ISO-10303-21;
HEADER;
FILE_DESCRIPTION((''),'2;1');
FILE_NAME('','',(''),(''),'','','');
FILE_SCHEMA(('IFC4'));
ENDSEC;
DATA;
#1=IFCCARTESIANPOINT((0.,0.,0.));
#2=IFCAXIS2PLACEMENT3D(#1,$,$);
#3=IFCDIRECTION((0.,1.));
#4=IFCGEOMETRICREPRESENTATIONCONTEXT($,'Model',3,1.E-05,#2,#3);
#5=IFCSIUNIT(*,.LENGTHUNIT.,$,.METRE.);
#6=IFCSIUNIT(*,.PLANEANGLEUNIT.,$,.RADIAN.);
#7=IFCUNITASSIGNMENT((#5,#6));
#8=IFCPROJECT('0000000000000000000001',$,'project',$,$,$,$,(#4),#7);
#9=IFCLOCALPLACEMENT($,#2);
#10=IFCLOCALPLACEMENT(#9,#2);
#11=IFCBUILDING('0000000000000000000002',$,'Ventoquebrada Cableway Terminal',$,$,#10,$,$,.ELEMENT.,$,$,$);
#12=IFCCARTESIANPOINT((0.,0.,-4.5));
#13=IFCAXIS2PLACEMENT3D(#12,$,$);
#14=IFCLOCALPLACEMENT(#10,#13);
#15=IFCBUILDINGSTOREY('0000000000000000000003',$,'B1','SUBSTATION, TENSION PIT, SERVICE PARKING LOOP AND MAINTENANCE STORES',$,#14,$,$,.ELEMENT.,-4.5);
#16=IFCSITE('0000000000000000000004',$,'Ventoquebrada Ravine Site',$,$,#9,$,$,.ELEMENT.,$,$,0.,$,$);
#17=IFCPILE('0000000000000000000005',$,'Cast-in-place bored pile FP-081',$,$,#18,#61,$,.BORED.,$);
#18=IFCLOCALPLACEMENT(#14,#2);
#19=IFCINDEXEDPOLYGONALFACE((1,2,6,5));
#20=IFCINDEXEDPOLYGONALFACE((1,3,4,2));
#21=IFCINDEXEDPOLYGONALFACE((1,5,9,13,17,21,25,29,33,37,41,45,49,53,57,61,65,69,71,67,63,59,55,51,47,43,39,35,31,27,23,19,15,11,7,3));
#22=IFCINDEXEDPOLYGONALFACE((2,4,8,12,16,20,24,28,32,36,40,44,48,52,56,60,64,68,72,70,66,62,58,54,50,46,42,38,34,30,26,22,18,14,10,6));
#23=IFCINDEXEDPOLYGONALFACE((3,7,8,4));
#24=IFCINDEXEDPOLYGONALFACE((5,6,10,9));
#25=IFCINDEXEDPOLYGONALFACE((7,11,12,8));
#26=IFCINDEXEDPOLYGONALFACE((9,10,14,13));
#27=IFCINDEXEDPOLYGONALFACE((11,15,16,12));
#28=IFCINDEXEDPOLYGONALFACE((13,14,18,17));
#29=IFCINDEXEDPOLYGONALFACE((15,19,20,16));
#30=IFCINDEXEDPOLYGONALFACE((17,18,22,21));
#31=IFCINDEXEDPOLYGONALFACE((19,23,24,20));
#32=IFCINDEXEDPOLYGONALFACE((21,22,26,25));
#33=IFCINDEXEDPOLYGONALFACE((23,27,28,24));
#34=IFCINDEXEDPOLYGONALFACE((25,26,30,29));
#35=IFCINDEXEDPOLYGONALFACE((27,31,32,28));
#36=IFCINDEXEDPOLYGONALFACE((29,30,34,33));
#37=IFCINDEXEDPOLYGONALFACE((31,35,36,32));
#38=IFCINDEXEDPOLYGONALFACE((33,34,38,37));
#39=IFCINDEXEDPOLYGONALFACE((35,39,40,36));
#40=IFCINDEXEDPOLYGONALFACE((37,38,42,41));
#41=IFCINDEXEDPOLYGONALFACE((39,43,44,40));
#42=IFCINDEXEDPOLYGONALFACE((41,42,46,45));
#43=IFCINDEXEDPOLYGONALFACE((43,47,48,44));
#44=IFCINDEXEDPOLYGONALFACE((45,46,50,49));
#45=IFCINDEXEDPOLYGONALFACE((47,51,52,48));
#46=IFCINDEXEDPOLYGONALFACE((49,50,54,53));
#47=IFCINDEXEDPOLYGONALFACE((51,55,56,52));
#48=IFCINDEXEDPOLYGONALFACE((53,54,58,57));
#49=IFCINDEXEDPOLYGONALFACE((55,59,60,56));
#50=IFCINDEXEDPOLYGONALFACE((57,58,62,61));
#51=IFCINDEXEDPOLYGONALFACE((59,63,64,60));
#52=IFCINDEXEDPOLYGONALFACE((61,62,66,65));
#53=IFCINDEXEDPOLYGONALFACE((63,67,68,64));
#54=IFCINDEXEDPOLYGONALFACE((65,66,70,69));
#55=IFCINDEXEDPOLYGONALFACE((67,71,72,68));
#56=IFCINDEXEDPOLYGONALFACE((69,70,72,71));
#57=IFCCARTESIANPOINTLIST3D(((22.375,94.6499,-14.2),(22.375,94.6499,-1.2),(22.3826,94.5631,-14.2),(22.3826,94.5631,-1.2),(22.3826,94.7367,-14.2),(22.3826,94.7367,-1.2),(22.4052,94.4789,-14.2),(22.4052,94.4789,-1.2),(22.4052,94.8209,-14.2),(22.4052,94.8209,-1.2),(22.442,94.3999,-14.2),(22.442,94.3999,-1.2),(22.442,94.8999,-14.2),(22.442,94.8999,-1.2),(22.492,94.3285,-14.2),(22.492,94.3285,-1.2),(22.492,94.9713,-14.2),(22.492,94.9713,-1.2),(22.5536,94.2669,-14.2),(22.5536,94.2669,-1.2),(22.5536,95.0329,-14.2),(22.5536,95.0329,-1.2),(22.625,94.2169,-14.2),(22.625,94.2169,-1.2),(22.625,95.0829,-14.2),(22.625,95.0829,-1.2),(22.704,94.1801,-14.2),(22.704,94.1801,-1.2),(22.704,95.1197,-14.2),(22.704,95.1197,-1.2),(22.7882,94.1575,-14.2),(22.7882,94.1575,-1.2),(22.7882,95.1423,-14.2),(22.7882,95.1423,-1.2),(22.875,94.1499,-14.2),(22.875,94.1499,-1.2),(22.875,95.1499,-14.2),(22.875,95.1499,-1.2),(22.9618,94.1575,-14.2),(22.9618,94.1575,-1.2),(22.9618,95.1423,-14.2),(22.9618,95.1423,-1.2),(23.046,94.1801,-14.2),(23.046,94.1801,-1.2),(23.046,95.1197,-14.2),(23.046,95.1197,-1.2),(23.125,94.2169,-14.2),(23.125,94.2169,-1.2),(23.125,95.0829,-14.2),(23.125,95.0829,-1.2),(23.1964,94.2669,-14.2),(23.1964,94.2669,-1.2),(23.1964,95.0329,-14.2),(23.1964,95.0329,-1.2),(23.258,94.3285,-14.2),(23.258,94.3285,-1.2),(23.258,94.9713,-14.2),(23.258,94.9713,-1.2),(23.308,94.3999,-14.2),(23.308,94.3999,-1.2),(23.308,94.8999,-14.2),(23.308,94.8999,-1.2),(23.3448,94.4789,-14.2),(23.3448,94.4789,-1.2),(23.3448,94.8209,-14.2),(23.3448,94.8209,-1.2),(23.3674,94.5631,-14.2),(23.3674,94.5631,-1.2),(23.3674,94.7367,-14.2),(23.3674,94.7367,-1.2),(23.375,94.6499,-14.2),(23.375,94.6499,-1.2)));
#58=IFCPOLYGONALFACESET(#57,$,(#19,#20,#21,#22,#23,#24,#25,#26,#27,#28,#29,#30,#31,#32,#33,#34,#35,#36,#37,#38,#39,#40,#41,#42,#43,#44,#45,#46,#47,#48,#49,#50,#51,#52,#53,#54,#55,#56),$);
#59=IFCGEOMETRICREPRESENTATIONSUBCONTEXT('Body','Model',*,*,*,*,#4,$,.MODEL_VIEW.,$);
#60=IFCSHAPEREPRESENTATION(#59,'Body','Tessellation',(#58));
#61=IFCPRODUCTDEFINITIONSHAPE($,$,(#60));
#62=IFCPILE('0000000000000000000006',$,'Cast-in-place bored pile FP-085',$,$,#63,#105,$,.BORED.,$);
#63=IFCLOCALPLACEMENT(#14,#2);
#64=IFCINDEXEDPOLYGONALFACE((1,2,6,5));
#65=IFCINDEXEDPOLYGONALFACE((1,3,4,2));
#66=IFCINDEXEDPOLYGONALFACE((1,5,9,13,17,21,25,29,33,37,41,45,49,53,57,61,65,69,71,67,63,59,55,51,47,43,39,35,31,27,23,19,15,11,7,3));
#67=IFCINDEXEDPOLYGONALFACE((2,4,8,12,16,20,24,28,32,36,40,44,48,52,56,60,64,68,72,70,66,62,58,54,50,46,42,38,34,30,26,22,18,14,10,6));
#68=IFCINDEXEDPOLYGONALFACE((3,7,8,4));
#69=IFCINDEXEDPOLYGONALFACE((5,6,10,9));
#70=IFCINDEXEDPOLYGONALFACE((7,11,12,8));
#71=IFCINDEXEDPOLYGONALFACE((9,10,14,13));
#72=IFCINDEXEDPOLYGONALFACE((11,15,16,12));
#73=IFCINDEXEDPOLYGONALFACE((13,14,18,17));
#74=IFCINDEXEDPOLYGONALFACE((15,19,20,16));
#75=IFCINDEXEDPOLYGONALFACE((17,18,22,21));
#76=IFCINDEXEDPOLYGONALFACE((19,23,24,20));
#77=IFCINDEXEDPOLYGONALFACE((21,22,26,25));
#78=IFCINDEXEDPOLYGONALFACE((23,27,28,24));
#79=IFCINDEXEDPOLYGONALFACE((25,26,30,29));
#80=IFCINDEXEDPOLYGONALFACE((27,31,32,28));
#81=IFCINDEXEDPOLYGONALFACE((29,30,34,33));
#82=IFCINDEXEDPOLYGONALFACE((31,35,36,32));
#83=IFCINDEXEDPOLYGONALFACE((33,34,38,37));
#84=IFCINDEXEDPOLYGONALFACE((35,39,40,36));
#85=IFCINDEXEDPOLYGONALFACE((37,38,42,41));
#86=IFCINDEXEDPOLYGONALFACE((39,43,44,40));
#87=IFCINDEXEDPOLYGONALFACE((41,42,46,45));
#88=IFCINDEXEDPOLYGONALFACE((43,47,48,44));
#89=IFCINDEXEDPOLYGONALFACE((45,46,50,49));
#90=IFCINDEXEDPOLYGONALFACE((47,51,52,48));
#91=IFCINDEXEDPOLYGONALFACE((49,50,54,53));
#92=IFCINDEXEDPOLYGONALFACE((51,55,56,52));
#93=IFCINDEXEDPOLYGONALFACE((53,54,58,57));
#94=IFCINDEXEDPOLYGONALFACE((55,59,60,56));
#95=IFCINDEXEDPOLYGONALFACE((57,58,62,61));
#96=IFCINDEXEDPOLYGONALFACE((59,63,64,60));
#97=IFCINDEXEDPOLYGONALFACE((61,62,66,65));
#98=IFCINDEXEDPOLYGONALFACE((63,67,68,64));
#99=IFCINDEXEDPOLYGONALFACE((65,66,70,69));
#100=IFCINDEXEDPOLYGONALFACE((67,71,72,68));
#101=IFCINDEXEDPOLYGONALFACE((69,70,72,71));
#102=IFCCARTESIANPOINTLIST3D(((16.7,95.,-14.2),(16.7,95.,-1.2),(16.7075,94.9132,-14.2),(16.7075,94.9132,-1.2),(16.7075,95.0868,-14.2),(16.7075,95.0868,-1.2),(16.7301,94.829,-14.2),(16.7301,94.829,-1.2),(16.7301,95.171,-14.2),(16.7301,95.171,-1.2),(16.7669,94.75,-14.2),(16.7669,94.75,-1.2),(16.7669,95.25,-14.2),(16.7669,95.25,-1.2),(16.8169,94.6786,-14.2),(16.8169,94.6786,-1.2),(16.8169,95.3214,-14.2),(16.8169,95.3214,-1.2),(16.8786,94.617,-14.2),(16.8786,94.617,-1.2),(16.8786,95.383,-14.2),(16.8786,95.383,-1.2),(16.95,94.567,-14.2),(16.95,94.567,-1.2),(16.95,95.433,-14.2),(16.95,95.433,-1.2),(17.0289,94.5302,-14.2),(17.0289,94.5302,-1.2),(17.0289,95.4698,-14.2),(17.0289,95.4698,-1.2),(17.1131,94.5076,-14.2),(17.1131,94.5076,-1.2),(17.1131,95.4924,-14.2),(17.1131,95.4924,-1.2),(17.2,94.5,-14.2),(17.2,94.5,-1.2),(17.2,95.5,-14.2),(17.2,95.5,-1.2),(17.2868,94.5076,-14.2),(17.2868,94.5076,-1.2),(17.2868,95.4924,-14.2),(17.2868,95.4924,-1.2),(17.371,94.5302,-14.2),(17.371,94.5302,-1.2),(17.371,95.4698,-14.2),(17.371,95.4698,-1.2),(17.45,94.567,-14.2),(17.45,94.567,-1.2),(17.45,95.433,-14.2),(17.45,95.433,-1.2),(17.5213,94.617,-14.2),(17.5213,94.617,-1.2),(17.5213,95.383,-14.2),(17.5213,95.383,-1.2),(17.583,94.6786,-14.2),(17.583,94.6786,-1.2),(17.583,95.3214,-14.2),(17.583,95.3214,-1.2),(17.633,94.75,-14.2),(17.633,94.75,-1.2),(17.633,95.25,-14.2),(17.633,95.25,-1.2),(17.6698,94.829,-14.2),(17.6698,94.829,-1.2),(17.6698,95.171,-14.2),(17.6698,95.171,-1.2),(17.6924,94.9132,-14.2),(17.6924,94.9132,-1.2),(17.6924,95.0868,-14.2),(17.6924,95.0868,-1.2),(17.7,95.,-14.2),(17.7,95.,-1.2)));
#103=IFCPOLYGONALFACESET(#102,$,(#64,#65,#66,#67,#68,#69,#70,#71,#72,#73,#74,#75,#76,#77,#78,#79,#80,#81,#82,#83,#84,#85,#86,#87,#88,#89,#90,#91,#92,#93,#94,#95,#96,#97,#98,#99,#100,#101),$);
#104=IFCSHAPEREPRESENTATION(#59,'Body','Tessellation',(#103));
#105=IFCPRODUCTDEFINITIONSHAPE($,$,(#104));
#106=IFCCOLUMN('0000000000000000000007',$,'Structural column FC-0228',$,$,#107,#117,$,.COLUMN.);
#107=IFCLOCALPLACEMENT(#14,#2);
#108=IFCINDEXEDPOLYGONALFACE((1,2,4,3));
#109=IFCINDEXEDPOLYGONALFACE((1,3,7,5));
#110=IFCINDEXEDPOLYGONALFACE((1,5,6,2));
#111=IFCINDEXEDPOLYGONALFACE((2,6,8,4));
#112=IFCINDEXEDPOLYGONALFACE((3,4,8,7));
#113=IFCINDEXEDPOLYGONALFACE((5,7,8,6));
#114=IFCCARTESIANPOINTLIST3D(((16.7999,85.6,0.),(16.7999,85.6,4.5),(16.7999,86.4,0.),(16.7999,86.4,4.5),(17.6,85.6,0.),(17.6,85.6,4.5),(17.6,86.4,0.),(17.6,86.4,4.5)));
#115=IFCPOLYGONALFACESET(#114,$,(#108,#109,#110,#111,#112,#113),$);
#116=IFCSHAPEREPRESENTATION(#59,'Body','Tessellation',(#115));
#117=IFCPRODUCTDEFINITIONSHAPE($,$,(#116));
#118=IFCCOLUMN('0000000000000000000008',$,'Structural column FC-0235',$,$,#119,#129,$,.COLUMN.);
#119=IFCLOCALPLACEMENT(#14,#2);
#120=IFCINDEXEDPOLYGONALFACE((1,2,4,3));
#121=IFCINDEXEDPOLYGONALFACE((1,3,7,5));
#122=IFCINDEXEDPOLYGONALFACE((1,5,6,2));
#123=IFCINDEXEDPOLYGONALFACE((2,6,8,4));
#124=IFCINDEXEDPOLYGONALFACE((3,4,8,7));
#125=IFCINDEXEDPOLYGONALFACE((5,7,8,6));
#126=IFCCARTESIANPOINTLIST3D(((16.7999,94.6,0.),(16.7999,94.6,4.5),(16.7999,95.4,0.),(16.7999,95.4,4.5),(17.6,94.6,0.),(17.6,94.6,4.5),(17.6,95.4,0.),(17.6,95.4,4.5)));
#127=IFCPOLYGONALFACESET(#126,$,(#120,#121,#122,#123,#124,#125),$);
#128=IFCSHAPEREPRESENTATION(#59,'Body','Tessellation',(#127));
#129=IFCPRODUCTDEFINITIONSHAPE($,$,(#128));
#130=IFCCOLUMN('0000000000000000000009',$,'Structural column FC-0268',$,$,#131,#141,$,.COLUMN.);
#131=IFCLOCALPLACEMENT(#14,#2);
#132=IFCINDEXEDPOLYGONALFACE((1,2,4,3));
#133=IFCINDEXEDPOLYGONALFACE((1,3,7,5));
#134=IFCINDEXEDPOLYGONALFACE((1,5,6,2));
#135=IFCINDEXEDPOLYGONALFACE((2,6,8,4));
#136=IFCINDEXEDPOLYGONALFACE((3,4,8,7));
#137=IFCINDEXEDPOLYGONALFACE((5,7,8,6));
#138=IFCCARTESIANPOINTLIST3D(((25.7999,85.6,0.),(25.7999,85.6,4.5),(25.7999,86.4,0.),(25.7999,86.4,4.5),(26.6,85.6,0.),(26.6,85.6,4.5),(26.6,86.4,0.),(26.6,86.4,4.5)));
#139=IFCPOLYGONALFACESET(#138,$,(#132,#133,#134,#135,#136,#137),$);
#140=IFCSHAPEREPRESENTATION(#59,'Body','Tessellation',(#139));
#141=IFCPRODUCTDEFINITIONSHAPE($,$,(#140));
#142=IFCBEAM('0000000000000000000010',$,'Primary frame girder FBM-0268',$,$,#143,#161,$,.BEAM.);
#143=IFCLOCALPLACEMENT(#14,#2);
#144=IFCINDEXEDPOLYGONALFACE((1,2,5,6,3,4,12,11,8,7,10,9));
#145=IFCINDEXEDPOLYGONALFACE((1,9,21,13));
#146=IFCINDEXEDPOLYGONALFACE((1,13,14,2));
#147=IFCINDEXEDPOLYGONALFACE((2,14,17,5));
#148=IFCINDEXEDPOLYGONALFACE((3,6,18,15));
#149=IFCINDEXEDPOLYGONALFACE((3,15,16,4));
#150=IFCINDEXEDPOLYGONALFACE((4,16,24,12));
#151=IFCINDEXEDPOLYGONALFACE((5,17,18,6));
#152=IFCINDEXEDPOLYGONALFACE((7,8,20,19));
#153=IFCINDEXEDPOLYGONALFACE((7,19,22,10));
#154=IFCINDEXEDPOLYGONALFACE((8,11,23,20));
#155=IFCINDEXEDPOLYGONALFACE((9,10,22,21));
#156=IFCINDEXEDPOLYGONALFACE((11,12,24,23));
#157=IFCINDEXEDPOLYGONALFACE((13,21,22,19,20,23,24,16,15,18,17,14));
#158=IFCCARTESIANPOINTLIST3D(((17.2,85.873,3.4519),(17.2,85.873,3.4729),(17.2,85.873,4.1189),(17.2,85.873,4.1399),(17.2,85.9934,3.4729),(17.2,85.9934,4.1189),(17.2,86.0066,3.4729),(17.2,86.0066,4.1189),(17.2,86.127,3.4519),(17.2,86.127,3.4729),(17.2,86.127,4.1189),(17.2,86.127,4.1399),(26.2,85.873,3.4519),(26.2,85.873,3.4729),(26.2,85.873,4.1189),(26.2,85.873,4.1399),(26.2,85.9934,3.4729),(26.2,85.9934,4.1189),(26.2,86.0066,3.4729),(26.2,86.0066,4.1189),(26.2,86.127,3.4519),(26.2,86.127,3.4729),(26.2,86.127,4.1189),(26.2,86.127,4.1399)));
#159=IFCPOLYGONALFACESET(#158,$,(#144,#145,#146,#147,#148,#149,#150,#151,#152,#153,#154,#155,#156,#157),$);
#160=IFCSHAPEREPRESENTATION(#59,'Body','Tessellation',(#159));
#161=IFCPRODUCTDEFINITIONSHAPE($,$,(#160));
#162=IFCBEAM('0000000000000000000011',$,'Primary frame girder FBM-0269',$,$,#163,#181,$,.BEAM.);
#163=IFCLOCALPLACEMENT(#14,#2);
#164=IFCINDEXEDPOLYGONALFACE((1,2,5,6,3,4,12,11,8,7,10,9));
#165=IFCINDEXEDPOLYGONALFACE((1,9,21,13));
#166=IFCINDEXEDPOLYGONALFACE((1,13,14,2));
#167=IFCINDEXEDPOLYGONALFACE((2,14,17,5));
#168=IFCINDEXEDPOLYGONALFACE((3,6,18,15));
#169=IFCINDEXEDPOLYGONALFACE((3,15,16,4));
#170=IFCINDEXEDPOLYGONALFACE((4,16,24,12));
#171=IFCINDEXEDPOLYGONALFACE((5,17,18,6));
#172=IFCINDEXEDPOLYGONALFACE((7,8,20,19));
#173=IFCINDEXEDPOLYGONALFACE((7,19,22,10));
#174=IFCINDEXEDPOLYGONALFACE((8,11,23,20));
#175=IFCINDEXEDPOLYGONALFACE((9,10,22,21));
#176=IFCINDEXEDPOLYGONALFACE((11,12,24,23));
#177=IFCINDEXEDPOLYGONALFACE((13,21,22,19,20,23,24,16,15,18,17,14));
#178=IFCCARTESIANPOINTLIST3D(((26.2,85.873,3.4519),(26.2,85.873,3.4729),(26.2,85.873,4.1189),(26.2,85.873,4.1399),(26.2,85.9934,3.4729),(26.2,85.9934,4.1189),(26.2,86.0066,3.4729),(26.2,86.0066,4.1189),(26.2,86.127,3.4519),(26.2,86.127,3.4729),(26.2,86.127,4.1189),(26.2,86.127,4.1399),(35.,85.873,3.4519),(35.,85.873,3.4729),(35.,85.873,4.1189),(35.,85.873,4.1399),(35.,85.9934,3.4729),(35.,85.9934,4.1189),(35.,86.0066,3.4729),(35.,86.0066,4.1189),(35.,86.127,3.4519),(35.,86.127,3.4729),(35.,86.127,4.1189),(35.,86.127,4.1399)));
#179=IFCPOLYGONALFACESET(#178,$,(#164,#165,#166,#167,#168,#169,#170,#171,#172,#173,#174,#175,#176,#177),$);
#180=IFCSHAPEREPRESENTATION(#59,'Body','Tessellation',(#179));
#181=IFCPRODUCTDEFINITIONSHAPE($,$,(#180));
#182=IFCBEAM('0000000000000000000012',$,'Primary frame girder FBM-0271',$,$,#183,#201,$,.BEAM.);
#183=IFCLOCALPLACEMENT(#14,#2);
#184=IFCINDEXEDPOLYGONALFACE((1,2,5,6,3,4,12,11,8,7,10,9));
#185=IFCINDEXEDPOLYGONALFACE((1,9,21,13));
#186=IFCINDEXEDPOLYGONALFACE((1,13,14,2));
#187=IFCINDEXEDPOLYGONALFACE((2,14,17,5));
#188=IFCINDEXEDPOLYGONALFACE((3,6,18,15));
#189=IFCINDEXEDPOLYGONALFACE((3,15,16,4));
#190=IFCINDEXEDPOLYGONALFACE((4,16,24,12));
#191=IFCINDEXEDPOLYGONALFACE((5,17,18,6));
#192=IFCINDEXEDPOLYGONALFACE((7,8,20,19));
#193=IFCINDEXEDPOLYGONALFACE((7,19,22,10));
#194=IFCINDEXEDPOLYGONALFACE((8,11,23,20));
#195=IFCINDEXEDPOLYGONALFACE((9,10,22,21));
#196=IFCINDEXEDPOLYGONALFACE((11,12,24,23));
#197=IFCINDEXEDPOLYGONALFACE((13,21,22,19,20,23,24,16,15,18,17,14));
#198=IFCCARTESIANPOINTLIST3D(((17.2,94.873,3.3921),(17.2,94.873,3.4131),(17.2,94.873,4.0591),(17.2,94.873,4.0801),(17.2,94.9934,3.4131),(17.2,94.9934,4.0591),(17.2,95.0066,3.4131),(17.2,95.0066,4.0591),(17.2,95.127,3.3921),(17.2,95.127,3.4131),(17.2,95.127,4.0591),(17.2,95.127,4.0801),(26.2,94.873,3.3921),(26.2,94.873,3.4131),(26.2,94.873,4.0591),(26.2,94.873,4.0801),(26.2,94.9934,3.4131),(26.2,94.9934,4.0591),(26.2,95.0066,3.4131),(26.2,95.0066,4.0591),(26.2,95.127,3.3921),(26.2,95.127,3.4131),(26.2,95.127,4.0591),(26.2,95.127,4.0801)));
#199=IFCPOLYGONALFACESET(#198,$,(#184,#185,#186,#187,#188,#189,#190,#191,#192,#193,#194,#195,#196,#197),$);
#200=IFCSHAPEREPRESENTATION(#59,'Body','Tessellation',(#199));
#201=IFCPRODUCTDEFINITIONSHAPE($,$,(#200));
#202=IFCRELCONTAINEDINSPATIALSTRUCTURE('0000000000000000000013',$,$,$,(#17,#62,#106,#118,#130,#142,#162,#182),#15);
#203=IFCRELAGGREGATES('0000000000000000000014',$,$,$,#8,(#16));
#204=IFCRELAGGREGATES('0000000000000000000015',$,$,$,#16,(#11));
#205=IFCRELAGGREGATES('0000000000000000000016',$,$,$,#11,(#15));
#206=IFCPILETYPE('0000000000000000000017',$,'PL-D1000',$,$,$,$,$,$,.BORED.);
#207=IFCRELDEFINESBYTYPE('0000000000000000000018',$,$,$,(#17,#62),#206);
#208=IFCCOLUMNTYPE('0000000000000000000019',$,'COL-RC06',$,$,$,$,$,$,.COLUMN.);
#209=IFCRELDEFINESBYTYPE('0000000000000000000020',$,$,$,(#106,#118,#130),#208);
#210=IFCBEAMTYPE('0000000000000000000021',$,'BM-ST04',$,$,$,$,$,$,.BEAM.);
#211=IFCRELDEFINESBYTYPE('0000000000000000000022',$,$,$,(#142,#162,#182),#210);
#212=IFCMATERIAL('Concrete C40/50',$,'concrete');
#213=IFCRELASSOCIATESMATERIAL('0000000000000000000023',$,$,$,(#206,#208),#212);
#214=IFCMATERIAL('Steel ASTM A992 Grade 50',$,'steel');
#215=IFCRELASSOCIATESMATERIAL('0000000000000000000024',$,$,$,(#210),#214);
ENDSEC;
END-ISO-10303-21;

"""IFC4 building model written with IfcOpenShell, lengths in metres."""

from ifc_helpers import new_model, si_unit, direction, frame, origin, origin_2d, place, context, subcontext, project, spatial, rectangle, circle, i_section, extrude, material, material_profile, profile_set, type_object, element, save


model = new_model("IFC4")

# Units and contexts
model_context = context("Model", 3, precision=1e-05, world=origin(), true_north=direction((0.0, 1.0)))
body_context = subcontext(model_context, "Body", "Model", "MODEL_VIEW")
ifc_project = project(units=[si_unit("LENGTHUNIT", "METRE"), si_unit("PLANEANGLEUNIT", "RADIAN")], contexts=[model_context])

# Site, building, storey
site_placement = place(None, origin())
site = spatial("IfcSite", under=ifc_project, at=site_placement, Name="Ventoquebrada Ravine Site", CompositionType="ELEMENT", RefElevation=0.0)
building_placement = place(site_placement, origin())
building = spatial("IfcBuilding", under=site, at=building_placement, Name="Ventoquebrada Cableway Terminal", CompositionType="ELEMENT")
storey_placement = place(building_placement, frame((0.0, 0.0, -4.5)))
storey = spatial("IfcBuildingStorey", under=building, at=storey_placement, Name="B1", Description="SUBSTATION, TENSION PIT, SERVICE PARKING LOOP AND MAINTENANCE STORES", CompositionType="ELEMENT", Elevation=-4.5)

# Shared definitions
ifc_material_1 = material(Name="Concrete C40/50", Category="concrete")

# Piles
ifc_material_profile_1 = material_profile(ifc_material_1, circle(Radius=0.5, at=origin_2d()), Name="PILE-D1000")
ifc_profile_set_1 = profile_set([ifc_material_profile_1], Name="Concrete C40/50")
pile_type = type_object("IfcPileType", Name="PL-D1000", PredefinedType="BORED", material=ifc_profile_set_1)
for number, where, z_axis, x_axis, name in (
    (1, (22.875, 94.6499, -1.2), (0.0, 0.0, -1.0), (1.0, 0.0, 0.0), "Cast-in-place bored pile FP-081"),
    (2, (17.2, 95.0, -1.2), (0.0, 0.0, -1.0), (1.0, 0.0, 0.0), "Cast-in-place bored pile FP-085"),
):
    element("IfcPile", number, at=place(storey_placement, frame(where, z_axis=z_axis, x_axis=x_axis)), inside=storey, type_object=pile_type, Name=name, PredefinedType="BORED", context=body_context, shape_type="SweptSolid", body=[
        extrude(circle(Radius=0.5, at=origin_2d()), origin(), (0.0, 0.0, 1.0), 13.0),
    ])

# Columns
ifc_material_profile_2 = material_profile(ifc_material_1, rectangle(XDim=0.8, YDim=0.8, at=origin_2d()), Name="RC-COL-800X800")
ifc_profile_set_2 = profile_set([ifc_material_profile_2], Name="Concrete C40/50")
column_type = type_object("IfcColumnType", Name="COL-RC06", PredefinedType="COLUMN", material=ifc_profile_set_2)
for number, where, z_axis, x_axis, name in (
    (3, (17.2, 86.0, 0.0), (0.0, 0.0, 1.0), (1.0, 0.0, 0.0), "Structural column FC-0228"),
    (4, (17.2, 95.0, 0.0), (0.0, 0.0, 1.0), (1.0, 0.0, 0.0), "Structural column FC-0235"),
    (5, (26.2, 86.0, 0.0), (0.0, 0.0, 1.0), (1.0, 0.0, 0.0), "Structural column FC-0268"),
):
    element("IfcColumn", number, at=place(storey_placement, frame(where, z_axis=z_axis, x_axis=x_axis)), inside=storey, type_object=column_type, Name=name, PredefinedType="COLUMN", context=body_context, shape_type="SweptSolid", body=[
        extrude(rectangle(XDim=0.8, YDim=0.8, at=origin_2d()), origin(), (0.0, 0.0, 1.0), 4.5),
    ])

# Beams
ifc_material_2 = material(Name="Steel ASTM A992 Grade 50", Category="steel")
ifc_material_profile_3 = material_profile(ifc_material_2, i_section(OverallWidth=0.2539, OverallDepth=0.688, WebThickness=0.0132, FlangeThickness=0.021, at=origin_2d()), Name="W27X102")
ifc_profile_set_3 = profile_set([ifc_material_profile_3], Name="Steel ASTM A992 Grade 50")
beam_type = type_object("IfcBeamType", Name="BM-ST04", PredefinedType="BEAM", material=ifc_profile_set_3)
beam_1_placement = place(storey_placement, frame((17.2, 86.0, 3.7959), z_axis=(1.0, 0.0, 0.0), x_axis=(0.0, 1.0, 0.0)))
element("IfcBeam", 6, at=beam_1_placement, inside=storey, type_object=beam_type, Name="Primary frame girder FBM-0268", PredefinedType="BEAM", context=body_context, shape_type="SweptSolid", body=[
    extrude(i_section(OverallWidth=0.2539, OverallDepth=0.688, WebThickness=0.0132, FlangeThickness=0.021, at=origin_2d()), origin(), (0.0, 0.0, 1.0), 9.0),
])
beam_2_placement = place(storey_placement, frame((26.2, 86.0, 3.7959), z_axis=(1.0, 0.0, 0.0), x_axis=(0.0, 1.0, 0.0)))
element("IfcBeam", 7, at=beam_2_placement, inside=storey, type_object=beam_type, Name="Primary frame girder FBM-0269", PredefinedType="BEAM", context=body_context, shape_type="SweptSolid", body=[
    extrude(i_section(OverallWidth=0.2539, OverallDepth=0.688, WebThickness=0.0132, FlangeThickness=0.021, at=origin_2d()), origin(), (0.0, 0.0, 1.0), 8.8),
])
for number, where, z_axis, x_axis, name in (
    (8, (17.2, 95.0, 3.7361), (1.0, 0.0, 0.0), (0.0, 1.0, 0.0), "Primary frame girder FBM-0271"),
):
    element("IfcBeam", number, at=place(storey_placement, frame(where, z_axis=z_axis, x_axis=x_axis)), inside=storey, type_object=beam_type, Name=name, PredefinedType="BEAM", context=body_context, shape_type="SweptSolid", body=[
        extrude(i_section(OverallWidth=0.2539, OverallDepth=0.688, WebThickness=0.0132, FlangeThickness=0.021, at=origin_2d()), origin(), (0.0, 0.0, 1.0), 9.0),
    ])

save(model, "model.ifc")
